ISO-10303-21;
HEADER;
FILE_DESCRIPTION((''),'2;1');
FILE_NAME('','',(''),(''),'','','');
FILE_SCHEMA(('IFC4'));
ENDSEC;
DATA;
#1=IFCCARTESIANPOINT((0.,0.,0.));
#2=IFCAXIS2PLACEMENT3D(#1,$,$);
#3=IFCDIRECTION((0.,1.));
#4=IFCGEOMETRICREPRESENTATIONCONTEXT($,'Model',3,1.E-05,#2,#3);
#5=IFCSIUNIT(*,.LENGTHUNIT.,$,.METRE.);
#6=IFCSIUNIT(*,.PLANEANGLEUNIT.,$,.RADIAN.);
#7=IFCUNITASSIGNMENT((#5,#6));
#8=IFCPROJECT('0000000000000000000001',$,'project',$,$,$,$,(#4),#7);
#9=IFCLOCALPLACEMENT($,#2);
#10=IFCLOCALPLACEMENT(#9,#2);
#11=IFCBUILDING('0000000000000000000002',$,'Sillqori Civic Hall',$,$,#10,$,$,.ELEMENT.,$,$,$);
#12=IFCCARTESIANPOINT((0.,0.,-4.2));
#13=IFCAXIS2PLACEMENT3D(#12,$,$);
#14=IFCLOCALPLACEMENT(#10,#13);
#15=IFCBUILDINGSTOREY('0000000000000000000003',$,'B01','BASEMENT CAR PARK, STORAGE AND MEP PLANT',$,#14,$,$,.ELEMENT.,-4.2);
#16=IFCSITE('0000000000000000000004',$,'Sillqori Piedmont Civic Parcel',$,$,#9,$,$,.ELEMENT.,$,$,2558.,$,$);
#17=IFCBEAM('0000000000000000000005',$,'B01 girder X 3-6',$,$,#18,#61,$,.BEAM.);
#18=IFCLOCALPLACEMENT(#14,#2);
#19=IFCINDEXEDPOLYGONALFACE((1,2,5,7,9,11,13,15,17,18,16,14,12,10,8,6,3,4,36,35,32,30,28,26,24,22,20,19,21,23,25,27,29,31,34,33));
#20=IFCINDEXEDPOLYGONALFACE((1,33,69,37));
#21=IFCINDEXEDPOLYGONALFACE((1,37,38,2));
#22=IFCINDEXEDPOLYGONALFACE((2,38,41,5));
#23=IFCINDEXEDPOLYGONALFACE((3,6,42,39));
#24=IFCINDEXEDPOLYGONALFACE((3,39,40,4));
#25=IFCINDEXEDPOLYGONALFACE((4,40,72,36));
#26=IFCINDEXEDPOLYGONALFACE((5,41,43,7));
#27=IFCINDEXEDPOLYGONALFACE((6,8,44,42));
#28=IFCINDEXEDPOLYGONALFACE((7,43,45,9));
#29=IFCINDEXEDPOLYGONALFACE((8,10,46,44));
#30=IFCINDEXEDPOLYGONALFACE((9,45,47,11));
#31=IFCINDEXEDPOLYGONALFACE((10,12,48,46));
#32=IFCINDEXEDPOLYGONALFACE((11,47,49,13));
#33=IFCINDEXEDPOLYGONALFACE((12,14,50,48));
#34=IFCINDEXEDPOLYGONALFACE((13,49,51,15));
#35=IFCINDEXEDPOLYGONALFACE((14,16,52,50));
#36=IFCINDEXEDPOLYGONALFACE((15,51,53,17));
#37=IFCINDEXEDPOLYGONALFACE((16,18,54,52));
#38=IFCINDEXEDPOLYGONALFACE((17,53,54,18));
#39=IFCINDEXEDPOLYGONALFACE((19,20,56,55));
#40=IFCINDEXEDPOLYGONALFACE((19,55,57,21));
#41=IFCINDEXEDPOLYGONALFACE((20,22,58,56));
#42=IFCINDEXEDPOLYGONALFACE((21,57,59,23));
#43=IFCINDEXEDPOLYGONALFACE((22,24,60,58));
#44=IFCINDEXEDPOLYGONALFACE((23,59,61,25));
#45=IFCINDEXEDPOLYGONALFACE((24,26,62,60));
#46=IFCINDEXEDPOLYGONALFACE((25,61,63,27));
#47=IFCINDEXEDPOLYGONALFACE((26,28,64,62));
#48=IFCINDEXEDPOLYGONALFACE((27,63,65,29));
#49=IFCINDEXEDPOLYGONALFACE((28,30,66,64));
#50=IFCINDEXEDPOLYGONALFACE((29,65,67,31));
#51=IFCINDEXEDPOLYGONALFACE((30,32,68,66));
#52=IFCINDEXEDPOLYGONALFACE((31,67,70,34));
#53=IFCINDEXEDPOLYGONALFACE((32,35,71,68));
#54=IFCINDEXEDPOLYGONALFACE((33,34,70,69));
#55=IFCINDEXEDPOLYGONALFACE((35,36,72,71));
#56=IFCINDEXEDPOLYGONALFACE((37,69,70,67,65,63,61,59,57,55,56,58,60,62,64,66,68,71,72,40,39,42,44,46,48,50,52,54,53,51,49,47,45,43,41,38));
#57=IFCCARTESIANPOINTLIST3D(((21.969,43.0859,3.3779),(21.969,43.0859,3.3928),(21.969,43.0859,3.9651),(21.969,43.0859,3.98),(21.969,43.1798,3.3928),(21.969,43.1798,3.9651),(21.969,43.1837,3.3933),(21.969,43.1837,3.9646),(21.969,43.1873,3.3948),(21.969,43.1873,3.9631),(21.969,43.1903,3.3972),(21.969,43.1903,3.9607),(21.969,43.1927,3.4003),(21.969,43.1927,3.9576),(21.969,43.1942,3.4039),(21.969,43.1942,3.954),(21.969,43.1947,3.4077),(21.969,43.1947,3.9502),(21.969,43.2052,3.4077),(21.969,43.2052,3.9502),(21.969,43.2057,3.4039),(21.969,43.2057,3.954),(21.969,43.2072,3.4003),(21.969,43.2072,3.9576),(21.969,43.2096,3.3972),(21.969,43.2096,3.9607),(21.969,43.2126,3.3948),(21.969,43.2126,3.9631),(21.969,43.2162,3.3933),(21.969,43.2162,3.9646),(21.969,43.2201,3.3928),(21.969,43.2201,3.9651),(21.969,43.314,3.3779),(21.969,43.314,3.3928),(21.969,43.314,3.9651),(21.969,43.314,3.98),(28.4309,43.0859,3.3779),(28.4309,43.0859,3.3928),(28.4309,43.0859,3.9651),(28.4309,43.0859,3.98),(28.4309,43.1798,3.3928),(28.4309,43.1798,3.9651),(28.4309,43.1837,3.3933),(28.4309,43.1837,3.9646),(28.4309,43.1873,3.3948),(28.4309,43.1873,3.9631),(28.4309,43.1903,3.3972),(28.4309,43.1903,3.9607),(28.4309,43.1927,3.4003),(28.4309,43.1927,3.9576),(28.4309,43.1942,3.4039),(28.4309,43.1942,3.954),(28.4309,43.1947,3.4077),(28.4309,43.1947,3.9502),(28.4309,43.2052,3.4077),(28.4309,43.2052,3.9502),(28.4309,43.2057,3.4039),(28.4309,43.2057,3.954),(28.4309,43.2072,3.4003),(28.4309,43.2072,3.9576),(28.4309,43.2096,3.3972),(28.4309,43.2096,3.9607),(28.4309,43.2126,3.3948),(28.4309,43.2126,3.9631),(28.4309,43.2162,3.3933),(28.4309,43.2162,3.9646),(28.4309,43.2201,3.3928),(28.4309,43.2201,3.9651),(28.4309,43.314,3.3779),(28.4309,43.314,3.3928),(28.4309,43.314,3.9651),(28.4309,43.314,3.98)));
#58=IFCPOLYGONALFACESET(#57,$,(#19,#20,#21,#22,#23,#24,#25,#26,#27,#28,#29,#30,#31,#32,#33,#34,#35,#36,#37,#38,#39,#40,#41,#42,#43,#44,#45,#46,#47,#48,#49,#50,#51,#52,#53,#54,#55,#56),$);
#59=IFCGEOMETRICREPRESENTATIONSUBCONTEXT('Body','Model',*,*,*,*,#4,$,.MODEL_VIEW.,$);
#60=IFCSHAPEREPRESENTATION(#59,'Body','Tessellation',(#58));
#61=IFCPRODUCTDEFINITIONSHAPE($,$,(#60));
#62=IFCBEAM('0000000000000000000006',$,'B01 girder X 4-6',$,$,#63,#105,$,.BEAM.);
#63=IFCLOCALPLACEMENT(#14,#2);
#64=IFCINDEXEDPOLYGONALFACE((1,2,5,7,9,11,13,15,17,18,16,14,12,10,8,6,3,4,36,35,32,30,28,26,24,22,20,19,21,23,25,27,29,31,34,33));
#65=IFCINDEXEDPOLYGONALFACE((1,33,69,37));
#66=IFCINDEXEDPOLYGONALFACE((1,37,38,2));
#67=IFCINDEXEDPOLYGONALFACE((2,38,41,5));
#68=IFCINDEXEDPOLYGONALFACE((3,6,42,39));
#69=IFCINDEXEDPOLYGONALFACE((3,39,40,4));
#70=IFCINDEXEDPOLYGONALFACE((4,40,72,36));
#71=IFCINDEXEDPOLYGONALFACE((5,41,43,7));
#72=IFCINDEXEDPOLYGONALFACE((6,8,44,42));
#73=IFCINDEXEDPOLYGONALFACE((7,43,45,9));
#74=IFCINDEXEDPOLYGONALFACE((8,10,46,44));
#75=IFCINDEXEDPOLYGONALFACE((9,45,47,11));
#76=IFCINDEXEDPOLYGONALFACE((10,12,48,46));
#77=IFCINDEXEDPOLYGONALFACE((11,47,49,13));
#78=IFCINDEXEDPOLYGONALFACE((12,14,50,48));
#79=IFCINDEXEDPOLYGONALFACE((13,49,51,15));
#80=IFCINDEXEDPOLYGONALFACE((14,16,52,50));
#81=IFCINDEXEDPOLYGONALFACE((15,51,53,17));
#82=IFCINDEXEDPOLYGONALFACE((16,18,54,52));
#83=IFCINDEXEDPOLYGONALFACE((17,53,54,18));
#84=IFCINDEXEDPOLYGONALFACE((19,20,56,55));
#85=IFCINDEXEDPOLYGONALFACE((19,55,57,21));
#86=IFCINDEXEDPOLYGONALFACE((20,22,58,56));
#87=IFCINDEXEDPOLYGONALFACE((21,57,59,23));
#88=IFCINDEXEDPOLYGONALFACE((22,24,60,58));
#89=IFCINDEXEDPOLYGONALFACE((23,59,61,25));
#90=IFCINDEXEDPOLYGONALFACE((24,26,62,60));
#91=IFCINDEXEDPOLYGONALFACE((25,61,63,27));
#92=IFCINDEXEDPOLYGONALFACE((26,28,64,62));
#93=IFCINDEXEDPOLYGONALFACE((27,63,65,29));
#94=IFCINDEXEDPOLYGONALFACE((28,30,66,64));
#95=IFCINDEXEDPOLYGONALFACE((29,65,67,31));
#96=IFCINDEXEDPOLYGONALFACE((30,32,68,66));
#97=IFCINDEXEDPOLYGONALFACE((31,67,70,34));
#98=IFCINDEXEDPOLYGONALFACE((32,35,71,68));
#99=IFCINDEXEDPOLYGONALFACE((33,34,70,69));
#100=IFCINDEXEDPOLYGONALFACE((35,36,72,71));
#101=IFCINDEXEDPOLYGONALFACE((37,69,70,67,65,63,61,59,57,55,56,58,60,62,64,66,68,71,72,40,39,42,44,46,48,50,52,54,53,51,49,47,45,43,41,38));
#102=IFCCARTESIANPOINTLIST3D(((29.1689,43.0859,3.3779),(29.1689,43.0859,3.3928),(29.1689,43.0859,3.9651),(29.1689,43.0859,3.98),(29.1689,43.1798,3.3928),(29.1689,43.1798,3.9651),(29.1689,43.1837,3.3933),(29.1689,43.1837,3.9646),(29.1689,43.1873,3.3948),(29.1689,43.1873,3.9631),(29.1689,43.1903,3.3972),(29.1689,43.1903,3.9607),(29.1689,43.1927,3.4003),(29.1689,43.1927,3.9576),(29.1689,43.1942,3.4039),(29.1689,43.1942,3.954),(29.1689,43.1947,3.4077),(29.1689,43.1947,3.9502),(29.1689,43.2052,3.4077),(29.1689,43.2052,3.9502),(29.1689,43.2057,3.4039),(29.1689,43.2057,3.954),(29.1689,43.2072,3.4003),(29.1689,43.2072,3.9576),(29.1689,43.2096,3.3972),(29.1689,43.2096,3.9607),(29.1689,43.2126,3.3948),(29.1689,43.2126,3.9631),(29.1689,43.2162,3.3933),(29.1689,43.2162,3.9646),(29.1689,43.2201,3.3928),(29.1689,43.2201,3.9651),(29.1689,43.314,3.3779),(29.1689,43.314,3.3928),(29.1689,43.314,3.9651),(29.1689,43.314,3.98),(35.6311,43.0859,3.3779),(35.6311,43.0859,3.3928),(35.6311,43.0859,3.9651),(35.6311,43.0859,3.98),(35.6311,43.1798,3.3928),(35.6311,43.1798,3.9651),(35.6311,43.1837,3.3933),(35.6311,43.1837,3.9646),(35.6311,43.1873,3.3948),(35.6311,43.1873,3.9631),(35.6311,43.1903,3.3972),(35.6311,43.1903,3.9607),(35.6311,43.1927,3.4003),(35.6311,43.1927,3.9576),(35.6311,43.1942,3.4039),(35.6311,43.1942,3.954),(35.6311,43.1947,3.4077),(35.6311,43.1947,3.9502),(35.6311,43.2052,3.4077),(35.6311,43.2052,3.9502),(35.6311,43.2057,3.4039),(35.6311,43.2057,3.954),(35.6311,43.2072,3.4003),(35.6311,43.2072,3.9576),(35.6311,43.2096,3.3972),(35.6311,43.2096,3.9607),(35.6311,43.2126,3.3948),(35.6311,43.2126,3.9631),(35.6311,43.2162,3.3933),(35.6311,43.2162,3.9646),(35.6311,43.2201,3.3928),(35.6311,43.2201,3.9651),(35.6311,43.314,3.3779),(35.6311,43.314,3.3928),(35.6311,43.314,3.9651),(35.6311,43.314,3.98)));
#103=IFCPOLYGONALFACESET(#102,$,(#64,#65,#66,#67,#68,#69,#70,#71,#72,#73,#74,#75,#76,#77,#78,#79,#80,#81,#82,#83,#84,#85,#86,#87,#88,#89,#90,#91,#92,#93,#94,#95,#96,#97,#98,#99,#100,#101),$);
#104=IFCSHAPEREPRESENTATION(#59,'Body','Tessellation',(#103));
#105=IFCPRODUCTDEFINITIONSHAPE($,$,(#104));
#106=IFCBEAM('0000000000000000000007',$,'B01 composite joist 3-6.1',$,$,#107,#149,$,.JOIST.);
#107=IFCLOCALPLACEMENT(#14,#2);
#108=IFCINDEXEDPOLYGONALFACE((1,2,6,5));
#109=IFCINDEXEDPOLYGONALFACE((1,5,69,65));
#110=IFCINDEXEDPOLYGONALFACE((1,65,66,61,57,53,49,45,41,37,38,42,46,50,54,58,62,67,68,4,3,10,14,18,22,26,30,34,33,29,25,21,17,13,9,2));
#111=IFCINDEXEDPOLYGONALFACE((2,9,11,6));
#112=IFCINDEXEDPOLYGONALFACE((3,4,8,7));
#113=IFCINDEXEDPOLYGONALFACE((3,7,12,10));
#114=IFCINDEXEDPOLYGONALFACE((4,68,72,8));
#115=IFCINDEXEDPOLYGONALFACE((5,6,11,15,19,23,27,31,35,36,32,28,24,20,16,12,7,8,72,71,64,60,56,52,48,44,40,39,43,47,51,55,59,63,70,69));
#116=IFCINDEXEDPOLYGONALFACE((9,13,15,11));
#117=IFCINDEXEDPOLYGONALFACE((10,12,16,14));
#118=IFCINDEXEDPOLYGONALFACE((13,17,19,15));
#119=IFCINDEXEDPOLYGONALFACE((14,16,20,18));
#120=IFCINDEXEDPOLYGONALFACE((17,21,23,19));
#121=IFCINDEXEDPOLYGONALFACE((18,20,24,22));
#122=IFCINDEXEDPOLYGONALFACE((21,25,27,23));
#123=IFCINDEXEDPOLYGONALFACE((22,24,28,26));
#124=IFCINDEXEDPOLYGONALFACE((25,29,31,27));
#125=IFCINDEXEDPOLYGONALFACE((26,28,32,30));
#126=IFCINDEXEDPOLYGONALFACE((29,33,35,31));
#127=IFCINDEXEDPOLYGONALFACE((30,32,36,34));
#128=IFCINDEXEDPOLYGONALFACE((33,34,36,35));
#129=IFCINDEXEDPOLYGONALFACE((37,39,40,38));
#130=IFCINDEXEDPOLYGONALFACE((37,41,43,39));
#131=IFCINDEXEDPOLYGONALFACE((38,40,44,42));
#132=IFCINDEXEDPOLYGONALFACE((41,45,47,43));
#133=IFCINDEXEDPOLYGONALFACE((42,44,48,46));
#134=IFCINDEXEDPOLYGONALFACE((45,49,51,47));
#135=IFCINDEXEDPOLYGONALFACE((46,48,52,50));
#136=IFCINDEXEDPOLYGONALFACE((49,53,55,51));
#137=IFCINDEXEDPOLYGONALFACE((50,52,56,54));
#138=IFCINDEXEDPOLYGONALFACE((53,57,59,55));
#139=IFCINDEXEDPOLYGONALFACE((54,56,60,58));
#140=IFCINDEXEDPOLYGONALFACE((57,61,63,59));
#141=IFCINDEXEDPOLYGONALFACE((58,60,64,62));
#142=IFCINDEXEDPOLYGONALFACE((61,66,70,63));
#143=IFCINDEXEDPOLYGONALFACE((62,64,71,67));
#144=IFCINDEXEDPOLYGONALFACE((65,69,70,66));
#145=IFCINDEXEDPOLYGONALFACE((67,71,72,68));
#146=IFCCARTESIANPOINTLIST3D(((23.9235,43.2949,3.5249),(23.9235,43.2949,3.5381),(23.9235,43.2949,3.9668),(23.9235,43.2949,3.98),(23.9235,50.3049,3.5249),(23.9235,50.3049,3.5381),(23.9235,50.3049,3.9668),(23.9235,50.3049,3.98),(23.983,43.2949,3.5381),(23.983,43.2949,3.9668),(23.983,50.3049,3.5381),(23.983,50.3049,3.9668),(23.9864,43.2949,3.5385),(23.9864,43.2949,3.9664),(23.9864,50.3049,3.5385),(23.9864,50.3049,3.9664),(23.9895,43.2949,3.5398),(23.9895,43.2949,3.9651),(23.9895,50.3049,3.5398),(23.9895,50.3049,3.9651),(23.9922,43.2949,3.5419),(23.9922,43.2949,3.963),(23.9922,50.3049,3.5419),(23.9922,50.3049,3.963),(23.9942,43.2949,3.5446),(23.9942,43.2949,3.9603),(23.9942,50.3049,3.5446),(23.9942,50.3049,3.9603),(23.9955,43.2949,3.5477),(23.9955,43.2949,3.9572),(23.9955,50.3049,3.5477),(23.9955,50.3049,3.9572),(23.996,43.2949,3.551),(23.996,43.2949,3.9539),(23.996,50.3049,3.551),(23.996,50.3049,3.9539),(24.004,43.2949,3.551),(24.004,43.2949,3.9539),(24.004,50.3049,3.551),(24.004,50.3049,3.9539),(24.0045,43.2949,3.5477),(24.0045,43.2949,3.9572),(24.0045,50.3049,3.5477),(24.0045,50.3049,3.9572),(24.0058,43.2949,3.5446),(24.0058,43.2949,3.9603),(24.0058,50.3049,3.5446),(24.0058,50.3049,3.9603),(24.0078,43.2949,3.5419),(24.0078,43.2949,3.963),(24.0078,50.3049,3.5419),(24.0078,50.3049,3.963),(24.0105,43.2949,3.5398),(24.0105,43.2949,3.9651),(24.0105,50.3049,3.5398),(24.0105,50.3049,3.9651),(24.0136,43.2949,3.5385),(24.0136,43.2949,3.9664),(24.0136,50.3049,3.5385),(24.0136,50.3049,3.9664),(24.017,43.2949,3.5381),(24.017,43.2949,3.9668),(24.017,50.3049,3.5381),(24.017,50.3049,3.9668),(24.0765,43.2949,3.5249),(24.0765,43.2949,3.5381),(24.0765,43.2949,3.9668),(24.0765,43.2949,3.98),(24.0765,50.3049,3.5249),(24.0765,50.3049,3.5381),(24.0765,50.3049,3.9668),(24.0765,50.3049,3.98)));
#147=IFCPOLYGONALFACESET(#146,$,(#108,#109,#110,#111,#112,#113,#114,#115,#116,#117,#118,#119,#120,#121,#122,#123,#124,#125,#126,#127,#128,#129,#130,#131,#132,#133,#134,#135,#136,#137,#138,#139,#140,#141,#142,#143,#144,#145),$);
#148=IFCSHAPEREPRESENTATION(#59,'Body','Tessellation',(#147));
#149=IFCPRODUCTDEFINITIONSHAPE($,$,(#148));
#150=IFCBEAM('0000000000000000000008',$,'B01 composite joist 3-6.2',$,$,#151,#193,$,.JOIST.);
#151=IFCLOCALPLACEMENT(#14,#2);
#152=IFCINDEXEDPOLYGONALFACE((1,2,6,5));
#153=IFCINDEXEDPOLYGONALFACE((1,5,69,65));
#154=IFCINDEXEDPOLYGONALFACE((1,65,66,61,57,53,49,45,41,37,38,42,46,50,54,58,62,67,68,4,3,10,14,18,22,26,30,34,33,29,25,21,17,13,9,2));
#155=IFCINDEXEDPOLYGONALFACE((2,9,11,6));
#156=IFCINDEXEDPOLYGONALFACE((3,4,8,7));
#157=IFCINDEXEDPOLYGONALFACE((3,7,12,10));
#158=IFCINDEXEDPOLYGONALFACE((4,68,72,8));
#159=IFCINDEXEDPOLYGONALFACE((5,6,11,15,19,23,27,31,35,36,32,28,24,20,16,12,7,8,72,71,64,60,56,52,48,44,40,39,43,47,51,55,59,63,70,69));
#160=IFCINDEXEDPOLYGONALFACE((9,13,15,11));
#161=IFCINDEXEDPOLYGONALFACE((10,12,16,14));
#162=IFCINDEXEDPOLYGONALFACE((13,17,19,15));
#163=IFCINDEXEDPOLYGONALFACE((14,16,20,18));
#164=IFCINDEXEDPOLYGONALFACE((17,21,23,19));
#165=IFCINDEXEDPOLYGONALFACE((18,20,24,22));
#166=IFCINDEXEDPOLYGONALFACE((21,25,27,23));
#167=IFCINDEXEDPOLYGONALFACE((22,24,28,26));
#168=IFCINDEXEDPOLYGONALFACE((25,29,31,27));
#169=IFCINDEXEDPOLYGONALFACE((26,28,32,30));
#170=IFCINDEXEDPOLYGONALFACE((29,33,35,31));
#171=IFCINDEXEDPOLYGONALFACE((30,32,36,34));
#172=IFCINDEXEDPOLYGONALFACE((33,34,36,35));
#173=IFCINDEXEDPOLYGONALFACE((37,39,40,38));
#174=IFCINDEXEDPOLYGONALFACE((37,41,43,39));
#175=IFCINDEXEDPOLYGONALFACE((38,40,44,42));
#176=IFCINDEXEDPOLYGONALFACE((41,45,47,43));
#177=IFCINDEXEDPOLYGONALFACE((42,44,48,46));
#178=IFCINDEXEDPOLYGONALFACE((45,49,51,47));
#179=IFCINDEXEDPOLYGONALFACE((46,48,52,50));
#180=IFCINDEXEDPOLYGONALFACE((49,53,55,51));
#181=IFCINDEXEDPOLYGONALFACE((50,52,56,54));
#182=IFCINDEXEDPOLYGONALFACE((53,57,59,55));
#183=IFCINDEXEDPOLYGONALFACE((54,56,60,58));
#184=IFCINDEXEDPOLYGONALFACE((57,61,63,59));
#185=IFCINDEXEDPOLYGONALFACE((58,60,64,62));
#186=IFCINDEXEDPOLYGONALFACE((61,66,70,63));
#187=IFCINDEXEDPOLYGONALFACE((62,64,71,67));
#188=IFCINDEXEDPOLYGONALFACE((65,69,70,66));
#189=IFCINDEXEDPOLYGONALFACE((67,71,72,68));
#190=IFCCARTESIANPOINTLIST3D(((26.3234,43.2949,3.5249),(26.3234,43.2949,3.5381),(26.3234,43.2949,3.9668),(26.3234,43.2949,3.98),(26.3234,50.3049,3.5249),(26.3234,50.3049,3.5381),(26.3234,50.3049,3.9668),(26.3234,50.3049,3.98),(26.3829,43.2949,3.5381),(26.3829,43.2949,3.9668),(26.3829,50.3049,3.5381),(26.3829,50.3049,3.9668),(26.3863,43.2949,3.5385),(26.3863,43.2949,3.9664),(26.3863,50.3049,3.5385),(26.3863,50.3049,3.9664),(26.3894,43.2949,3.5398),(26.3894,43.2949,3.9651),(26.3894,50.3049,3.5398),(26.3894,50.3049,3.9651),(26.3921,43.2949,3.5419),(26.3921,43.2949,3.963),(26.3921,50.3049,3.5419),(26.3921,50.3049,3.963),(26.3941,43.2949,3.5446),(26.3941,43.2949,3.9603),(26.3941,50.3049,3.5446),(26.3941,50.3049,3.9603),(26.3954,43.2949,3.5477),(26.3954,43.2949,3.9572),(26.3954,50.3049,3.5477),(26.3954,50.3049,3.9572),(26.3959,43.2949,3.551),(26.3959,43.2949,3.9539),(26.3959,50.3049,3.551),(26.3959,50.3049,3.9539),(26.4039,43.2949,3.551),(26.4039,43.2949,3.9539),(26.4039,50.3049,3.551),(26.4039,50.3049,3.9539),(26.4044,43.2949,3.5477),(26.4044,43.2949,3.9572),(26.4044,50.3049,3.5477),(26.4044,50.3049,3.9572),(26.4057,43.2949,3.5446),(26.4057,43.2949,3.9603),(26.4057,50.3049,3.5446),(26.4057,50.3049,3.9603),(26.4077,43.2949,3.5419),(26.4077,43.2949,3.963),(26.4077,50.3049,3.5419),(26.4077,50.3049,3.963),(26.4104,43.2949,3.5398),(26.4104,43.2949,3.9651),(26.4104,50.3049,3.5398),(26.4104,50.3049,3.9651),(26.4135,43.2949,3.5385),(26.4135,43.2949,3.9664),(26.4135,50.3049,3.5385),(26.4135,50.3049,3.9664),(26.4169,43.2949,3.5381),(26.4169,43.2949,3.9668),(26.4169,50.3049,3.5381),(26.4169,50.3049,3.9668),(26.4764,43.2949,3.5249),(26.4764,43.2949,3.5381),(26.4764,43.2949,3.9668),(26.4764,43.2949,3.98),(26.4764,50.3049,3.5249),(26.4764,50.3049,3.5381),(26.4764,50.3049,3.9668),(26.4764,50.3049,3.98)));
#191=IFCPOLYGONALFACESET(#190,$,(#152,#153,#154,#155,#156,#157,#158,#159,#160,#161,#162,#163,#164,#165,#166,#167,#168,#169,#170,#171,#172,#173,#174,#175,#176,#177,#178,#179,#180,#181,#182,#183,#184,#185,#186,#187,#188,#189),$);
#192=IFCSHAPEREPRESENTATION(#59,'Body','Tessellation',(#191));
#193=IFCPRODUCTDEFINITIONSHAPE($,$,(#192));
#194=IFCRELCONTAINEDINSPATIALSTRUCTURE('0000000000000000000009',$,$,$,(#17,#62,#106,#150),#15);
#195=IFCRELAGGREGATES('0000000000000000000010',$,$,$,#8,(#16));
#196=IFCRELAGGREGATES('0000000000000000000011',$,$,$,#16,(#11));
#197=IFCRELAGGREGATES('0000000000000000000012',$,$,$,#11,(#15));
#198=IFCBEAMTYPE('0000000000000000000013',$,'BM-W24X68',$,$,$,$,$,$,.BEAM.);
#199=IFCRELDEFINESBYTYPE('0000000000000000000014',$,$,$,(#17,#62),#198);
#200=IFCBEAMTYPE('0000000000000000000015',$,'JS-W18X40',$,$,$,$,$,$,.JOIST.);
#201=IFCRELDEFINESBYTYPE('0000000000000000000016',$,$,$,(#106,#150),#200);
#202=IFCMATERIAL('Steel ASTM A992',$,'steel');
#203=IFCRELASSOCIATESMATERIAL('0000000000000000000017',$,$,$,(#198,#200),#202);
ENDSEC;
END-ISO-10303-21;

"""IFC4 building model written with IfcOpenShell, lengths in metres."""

from ifc_helpers import new_model, si_unit, direction, frame, origin, origin_2d, place, context, subcontext, project, spatial, i_section, extrude, material, material_profile, profile_set, type_object, element, save


model = new_model("IFC4")

# Units and contexts
model_context = context("Model", 3, precision=1e-05, world=origin(), true_north=direction((0.0, 1.0)))
body_context = subcontext(model_context, "Body", "Model", "MODEL_VIEW")
ifc_project = project(units=[si_unit("LENGTHUNIT", "METRE"), si_unit("PLANEANGLEUNIT", "RADIAN")], contexts=[model_context])

# Site, building, storey
site_placement = place(None, origin())
site = spatial("IfcSite", under=ifc_project, at=site_placement, Name="Sillqori Piedmont Civic Parcel", CompositionType="ELEMENT", RefElevation=2558.0)
building_placement = place(site_placement, origin())
building = spatial("IfcBuilding", under=site, at=building_placement, Name="Sillqori Civic Hall", CompositionType="ELEMENT")
storey_placement = place(building_placement, frame((0.0, 0.0, -4.2)))
storey = spatial("IfcBuildingStorey", under=building, at=storey_placement, Name="B01", Description="BASEMENT CAR PARK, STORAGE AND MEP PLANT", CompositionType="ELEMENT", Elevation=-4.2)

# Beams
ifc_material_1 = material(Name="Steel ASTM A992", Category="steel")
ifc_material_profile_1 = material_profile(ifc_material_1, i_section(OverallWidth=0.228, OverallDepth=0.6021, WebThickness=0.0105, FlangeThickness=0.0149, FilletRadius=0.0149, at=origin_2d()), Name="W24X68")
ifc_profile_set_1 = profile_set([ifc_material_profile_1], Name="Steel ASTM A992")
beam_type_1 = type_object("IfcBeamType", Name="BM-W24X68", PredefinedType="BEAM", material=ifc_profile_set_1)
beam_1_placement = place(storey_placement, frame((21.969, 43.2, 3.679), z_axis=(1.0, 0.0, 0.0), x_axis=(0.0, 1.0, 0.0)))
element("IfcBeam", 1, at=beam_1_placement, inside=storey, type_object=beam_type_1, Name="B01 girder X 3-6", PredefinedType="BEAM", context=body_context, shape_type="SweptSolid", body=[
    extrude(i_section(OverallWidth=0.228, OverallDepth=0.6021, WebThickness=0.0105, FlangeThickness=0.0149, FilletRadius=0.0149, at=origin_2d()), origin(), (0.0, 0.0, 1.0), 6.4619),
])
beam_2_placement = place(storey_placement, frame((29.1689, 43.2, 3.679), z_axis=(1.0, 0.0, 0.0), x_axis=(0.0, 1.0, 0.0)))
element("IfcBeam", 2, at=beam_2_placement, inside=storey, type_object=beam_type_1, Name="B01 girder X 4-6", PredefinedType="BEAM", context=body_context, shape_type="SweptSolid", body=[
    extrude(i_section(OverallWidth=0.228, OverallDepth=0.6021, WebThickness=0.0105, FlangeThickness=0.0149, FilletRadius=0.0149, at=origin_2d()), origin(), (0.0, 0.0, 1.0), 6.4622),
])
ifc_material_profile_2 = material_profile(ifc_material_1, i_section(OverallWidth=0.1531, OverallDepth=0.4551, WebThickness=0.0081, FlangeThickness=0.0132, FilletRadius=0.0129, at=origin_2d()), Name="W18X40")
ifc_profile_set_2 = profile_set([ifc_material_profile_2], Name="Steel ASTM A992")
beam_type_2 = type_object("IfcBeamType", Name="JS-W18X40", PredefinedType="JOIST", material=ifc_profile_set_2)
for number, where, z_axis, x_axis, name in (
    (3, (24.0, 43.2949, 3.7524), (0.0, 1.0, 0.0), (-1.0, 0.0, 0.0), "B01 composite joist 3-6.1"),
    (4, (26.3999, 43.2949, 3.7524), (0.0, 1.0, 0.0), (-1.0, 0.0, 0.0), "B01 composite joist 3-6.2"),
):
    element("IfcBeam", number, at=place(storey_placement, frame(where, z_axis=z_axis, x_axis=x_axis)), inside=storey, type_object=beam_type_2, Name=name, PredefinedType="JOIST", context=body_context, shape_type="SweptSolid", body=[
        extrude(i_section(OverallWidth=0.1531, OverallDepth=0.4551, WebThickness=0.0081, FlangeThickness=0.0132, FilletRadius=0.0129, at=origin_2d()), origin(), (0.0, 0.0, 1.0), 7.01),
    ])

save(model, "model.ifc")
